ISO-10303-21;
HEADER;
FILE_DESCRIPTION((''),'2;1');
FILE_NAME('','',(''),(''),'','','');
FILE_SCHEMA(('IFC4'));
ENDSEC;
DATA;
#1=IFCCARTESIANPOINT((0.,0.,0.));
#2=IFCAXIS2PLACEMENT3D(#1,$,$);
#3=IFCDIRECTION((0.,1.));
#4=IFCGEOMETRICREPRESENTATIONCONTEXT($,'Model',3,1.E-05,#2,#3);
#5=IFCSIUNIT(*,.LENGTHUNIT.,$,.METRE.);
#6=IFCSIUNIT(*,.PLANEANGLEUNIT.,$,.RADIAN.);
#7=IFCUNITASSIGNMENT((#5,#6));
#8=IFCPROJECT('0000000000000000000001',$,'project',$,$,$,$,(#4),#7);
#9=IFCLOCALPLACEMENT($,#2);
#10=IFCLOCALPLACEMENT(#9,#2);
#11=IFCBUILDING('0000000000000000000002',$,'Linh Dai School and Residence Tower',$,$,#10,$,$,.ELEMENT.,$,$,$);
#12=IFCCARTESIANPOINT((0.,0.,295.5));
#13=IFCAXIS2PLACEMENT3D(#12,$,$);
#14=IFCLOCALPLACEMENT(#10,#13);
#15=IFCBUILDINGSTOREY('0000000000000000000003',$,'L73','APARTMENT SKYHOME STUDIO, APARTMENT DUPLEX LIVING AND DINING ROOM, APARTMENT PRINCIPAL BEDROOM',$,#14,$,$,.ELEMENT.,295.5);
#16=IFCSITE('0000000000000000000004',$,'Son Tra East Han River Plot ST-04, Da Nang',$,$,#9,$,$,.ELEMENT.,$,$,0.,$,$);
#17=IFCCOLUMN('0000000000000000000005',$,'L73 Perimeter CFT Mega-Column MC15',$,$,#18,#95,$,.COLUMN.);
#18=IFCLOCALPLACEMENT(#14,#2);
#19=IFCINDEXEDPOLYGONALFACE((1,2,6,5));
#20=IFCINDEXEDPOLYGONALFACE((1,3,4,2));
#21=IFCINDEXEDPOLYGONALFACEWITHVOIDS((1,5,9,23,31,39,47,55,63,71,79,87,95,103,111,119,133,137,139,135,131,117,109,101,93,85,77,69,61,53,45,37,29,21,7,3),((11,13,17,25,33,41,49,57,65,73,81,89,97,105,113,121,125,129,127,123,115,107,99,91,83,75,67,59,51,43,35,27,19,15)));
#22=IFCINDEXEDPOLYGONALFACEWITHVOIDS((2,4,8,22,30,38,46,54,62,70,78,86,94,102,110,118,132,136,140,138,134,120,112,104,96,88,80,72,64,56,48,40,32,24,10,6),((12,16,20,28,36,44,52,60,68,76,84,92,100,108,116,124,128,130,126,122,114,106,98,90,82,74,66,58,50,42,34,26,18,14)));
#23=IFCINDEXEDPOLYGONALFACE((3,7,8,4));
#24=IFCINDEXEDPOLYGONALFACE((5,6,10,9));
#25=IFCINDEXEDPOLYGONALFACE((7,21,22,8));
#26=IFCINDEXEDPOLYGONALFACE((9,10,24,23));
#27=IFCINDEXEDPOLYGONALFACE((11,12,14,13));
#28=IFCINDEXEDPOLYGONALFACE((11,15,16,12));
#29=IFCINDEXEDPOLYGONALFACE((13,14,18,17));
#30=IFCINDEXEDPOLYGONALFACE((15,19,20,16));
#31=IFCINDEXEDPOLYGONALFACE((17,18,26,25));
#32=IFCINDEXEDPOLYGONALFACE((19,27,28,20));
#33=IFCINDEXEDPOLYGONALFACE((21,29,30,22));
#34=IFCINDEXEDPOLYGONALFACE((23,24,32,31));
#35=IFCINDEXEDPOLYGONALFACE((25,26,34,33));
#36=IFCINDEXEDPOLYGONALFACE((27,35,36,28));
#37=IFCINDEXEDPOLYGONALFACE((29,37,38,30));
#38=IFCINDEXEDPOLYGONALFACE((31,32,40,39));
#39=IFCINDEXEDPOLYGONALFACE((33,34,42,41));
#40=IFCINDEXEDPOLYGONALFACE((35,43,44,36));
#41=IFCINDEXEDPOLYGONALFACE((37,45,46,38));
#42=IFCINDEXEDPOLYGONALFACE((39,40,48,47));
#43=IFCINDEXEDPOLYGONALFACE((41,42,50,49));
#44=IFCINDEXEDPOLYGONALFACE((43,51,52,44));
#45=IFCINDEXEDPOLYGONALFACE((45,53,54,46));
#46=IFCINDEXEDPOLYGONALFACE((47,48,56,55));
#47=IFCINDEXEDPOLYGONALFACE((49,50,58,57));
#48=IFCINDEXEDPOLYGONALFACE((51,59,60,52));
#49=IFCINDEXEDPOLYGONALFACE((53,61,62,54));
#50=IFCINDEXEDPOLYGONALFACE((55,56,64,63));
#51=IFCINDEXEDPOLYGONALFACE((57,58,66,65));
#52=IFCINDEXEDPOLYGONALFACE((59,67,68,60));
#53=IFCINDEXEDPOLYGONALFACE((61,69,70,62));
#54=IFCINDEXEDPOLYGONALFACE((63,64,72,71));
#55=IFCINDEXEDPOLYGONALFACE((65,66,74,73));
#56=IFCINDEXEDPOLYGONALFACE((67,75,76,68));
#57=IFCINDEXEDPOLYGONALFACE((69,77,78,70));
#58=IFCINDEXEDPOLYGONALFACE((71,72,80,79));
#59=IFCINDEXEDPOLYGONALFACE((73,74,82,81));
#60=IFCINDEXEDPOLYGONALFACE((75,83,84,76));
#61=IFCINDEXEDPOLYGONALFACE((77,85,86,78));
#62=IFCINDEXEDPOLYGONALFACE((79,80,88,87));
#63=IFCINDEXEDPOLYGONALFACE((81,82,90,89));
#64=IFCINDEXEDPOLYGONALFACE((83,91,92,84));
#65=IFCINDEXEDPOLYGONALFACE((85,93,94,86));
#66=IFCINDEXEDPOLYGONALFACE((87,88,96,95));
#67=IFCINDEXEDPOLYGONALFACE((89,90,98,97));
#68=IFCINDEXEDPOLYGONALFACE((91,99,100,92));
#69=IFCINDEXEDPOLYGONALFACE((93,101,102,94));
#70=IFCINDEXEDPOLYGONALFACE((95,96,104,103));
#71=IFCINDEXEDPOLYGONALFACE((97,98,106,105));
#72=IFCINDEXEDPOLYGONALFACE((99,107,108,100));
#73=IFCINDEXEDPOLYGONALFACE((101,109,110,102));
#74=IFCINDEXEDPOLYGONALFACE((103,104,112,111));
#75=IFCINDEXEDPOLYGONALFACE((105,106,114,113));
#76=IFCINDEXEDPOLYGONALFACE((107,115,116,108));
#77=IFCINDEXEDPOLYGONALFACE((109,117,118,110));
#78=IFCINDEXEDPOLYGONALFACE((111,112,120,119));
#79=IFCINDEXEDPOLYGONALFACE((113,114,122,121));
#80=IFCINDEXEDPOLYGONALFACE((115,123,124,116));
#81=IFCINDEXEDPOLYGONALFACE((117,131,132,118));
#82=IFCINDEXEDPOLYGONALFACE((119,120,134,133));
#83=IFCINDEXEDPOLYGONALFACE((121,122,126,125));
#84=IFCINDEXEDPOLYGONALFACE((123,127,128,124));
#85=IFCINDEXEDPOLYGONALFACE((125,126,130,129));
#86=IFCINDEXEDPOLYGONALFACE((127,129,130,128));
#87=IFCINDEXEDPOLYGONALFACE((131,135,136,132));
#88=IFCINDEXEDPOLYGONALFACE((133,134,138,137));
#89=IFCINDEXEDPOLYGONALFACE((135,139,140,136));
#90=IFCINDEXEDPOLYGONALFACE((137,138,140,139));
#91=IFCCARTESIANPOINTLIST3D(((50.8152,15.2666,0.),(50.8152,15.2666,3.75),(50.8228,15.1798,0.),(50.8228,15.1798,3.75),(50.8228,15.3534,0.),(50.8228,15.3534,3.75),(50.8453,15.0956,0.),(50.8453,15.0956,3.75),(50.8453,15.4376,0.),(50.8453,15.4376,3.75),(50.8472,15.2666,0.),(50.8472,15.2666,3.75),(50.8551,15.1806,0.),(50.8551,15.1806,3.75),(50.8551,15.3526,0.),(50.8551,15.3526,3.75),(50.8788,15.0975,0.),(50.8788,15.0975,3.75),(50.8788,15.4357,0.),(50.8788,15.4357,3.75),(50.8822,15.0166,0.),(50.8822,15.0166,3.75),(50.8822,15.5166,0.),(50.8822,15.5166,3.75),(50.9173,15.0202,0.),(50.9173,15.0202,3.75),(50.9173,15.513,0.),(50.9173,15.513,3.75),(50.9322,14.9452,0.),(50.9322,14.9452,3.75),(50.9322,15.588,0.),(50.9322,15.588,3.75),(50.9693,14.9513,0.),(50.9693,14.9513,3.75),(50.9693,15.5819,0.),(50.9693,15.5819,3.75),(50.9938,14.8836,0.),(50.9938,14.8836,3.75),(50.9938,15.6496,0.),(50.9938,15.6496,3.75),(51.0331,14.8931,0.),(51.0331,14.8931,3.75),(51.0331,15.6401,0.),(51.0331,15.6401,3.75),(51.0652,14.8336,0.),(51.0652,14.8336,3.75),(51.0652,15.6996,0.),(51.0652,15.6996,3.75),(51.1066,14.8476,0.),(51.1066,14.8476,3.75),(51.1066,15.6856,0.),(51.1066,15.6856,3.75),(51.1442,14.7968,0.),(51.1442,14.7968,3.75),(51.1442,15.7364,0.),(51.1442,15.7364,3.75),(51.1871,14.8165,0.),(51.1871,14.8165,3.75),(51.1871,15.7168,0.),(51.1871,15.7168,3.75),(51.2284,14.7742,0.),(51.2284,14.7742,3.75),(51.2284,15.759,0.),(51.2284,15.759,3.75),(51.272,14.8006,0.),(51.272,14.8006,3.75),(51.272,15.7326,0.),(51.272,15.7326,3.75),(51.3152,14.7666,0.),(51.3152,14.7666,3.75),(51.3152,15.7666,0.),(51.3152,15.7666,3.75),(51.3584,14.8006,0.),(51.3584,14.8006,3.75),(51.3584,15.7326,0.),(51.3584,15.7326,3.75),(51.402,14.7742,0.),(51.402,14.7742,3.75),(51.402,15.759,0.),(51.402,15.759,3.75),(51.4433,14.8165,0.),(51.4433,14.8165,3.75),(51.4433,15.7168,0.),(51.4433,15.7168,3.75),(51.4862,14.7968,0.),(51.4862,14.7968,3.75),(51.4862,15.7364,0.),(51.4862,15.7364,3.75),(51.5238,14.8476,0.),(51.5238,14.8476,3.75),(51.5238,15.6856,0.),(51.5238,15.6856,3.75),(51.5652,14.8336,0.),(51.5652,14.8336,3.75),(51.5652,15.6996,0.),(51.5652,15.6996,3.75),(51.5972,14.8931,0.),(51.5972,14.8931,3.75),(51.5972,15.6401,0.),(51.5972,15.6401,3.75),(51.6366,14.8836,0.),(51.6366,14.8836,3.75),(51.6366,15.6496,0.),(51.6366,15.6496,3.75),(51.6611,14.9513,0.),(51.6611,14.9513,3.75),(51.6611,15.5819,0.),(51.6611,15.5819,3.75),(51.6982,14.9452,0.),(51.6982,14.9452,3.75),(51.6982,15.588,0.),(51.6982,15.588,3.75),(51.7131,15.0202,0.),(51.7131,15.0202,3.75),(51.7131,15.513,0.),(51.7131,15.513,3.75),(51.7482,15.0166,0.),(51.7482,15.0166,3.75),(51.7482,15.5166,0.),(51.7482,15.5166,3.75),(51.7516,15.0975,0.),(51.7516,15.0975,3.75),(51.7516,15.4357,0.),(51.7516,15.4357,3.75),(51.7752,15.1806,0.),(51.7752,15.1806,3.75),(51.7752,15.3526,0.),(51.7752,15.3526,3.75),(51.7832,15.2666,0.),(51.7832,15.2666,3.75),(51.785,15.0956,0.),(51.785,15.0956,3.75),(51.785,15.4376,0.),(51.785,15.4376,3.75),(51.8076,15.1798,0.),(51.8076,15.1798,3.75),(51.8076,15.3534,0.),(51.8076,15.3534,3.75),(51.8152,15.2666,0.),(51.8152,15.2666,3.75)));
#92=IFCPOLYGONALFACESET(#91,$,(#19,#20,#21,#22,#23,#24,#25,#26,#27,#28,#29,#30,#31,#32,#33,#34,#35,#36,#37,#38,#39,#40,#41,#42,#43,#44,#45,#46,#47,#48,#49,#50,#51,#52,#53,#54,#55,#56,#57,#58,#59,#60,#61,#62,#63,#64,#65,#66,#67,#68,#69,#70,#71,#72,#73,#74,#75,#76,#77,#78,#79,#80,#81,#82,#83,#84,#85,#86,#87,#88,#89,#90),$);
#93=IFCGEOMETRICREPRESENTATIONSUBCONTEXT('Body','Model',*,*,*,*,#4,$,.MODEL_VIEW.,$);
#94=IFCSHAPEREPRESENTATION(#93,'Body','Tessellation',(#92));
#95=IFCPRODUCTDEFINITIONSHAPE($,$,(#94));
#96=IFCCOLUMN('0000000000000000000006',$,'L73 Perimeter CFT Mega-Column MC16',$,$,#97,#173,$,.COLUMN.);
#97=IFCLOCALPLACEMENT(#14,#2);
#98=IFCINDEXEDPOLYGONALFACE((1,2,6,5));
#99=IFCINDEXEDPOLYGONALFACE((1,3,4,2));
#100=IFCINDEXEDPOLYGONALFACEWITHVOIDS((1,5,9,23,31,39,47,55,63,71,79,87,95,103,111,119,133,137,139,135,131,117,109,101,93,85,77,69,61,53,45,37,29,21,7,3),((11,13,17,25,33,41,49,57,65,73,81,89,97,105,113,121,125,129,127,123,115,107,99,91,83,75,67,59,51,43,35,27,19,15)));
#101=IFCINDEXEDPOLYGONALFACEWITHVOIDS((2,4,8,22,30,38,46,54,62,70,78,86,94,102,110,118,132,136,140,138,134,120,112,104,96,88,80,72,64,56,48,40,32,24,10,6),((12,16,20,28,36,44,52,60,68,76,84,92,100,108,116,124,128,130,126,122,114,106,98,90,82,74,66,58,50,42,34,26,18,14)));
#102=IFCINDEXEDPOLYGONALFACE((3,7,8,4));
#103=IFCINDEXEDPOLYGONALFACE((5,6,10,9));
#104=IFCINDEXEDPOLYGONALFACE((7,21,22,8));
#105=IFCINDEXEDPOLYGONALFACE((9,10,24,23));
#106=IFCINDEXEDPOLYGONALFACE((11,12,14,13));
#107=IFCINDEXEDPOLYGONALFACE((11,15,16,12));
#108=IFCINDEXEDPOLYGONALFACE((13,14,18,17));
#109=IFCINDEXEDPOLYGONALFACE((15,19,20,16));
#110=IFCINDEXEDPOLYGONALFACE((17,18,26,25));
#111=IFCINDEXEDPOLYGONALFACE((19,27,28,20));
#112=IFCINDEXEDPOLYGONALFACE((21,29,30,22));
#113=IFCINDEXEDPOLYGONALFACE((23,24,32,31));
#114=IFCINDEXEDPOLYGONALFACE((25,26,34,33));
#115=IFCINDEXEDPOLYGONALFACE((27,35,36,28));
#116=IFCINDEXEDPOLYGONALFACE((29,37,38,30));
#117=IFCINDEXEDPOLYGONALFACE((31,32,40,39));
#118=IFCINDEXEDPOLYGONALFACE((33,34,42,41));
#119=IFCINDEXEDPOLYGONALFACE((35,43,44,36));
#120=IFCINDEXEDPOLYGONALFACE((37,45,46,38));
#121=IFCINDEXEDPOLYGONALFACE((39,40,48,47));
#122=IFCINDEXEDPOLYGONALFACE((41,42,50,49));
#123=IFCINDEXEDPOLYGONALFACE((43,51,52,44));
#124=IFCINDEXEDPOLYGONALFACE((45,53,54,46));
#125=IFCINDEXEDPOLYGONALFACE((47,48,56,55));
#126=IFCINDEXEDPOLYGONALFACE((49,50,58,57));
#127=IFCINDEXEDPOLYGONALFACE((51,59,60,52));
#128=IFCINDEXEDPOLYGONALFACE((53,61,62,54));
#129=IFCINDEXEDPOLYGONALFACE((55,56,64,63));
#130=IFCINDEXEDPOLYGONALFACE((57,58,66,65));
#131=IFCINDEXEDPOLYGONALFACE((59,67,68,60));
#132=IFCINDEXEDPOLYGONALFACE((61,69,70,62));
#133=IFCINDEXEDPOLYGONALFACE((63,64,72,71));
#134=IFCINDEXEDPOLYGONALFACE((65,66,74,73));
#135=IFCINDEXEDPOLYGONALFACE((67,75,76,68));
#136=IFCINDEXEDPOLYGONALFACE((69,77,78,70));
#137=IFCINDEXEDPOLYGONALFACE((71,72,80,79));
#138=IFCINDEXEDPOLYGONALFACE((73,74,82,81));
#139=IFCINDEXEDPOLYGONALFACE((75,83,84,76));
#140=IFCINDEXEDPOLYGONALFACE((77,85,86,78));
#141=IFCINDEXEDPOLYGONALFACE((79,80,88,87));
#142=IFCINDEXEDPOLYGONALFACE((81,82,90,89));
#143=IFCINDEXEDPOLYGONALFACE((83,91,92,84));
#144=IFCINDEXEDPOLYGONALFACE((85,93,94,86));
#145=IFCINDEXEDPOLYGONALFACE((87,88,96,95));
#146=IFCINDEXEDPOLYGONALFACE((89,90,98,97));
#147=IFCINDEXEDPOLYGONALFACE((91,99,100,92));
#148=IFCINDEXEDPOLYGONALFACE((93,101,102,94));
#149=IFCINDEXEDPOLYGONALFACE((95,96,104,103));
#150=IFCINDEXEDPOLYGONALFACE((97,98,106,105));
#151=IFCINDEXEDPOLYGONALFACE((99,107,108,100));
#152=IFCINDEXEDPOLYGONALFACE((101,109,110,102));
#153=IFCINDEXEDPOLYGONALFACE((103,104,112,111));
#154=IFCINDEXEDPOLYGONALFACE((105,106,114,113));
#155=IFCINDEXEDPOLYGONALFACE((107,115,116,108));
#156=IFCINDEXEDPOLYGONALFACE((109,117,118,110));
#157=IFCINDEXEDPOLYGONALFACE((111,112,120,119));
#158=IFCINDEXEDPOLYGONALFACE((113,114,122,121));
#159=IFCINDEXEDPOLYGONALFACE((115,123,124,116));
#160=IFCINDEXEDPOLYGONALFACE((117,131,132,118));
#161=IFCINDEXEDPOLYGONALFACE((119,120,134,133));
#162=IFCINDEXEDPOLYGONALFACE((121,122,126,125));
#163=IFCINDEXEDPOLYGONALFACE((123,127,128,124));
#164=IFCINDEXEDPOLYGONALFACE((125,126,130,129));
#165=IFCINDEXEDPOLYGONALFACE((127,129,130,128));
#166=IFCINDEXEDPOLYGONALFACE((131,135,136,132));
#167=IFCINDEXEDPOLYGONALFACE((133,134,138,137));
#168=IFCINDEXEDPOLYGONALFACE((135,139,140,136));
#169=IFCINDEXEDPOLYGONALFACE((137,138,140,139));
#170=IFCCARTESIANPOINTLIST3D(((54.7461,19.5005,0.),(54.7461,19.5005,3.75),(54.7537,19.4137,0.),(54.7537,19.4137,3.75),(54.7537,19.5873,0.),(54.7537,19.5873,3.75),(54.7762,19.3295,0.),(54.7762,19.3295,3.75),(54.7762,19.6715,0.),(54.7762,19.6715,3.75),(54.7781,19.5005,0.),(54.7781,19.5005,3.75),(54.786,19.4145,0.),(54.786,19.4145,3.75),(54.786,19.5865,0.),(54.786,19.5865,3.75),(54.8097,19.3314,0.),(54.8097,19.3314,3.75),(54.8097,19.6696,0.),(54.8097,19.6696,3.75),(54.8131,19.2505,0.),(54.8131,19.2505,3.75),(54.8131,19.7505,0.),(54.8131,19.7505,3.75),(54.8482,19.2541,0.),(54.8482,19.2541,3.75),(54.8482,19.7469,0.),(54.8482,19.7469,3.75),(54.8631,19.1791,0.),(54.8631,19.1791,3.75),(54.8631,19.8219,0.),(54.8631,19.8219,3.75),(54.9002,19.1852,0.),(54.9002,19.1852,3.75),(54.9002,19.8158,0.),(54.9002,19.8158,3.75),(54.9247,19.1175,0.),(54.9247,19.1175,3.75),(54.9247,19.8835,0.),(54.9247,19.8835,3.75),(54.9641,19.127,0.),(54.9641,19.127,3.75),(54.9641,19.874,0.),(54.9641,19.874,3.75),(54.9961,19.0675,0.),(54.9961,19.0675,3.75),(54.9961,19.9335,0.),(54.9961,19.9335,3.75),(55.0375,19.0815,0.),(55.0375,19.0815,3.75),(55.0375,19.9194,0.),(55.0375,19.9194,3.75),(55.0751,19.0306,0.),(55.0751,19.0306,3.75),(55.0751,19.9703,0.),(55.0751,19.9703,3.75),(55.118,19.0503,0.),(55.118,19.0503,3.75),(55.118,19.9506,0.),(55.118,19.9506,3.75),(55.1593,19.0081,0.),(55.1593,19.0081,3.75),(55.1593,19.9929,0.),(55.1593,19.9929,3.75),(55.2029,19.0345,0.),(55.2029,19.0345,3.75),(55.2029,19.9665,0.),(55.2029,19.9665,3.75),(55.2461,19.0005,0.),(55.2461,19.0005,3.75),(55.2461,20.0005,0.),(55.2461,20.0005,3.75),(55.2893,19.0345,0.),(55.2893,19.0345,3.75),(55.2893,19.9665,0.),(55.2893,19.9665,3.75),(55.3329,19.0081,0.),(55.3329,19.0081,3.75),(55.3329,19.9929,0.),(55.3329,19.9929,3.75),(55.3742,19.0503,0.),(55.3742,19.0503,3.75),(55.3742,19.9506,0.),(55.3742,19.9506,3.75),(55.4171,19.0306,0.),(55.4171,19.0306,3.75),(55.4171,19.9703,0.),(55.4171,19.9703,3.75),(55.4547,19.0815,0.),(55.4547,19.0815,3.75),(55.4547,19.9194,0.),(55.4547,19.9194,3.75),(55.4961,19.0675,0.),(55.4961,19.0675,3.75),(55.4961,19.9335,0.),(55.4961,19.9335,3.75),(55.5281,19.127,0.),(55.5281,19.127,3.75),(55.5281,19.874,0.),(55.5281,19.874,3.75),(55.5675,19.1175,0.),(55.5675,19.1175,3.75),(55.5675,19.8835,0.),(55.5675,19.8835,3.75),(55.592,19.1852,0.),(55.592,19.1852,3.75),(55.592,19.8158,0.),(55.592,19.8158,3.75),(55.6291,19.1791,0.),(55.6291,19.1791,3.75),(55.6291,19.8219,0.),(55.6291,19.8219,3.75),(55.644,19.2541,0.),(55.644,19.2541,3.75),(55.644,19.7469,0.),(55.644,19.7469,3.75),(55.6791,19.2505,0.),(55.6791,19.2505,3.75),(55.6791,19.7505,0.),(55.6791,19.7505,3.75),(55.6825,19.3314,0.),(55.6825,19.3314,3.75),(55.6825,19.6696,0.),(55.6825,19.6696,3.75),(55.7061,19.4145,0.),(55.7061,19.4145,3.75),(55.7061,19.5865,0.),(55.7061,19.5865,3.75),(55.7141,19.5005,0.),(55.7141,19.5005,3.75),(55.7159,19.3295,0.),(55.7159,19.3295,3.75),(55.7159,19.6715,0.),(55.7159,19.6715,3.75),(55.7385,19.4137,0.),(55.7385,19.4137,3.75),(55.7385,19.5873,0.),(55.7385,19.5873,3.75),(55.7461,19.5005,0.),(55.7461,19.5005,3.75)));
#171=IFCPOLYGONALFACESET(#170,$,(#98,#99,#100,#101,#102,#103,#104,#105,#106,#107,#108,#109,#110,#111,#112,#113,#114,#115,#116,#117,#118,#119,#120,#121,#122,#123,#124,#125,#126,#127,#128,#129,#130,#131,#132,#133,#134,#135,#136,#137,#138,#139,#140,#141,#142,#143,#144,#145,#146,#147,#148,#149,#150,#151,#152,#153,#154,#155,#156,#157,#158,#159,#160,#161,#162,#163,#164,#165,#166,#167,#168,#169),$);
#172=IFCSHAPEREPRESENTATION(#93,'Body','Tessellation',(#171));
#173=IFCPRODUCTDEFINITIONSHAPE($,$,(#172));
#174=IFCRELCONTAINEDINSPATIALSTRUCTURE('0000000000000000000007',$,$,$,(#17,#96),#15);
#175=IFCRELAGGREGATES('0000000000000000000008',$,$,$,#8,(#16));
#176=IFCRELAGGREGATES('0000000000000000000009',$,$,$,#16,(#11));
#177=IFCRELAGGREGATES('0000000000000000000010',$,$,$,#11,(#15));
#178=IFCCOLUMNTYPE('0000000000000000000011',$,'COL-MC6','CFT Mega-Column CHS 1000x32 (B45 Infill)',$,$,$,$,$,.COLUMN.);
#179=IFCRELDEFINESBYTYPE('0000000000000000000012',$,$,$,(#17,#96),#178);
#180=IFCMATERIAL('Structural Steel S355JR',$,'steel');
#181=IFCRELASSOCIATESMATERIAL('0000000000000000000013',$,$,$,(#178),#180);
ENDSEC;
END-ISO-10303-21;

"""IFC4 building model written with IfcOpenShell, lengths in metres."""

from ifc_helpers import new_model, si_unit, direction, frame, origin, origin_2d, place, context, subcontext, project, spatial, hollow_circle, extrude, material, material_profile, profile_set, type_object, element, save


model = new_model("IFC4")

# Units and contexts
model_context = context("Model", 3, precision=1e-05, world=origin(), true_north=direction((0.0, 1.0)))
body_context = subcontext(model_context, "Body", "Model", "MODEL_VIEW")
ifc_project = project(units=[si_unit("LENGTHUNIT", "METRE"), si_unit("PLANEANGLEUNIT", "RADIAN")], contexts=[model_context])

# Site, building, storey
site_placement = place(None, origin())
site = spatial("IfcSite", under=ifc_project, at=site_placement, Name="Son Tra East Han River Plot ST-04, Da Nang", CompositionType="ELEMENT", RefElevation=0.0)
building_placement = place(site_placement, origin())
building = spatial("IfcBuilding", under=site, at=building_placement, Name="Linh Dai School and Residence Tower", CompositionType="ELEMENT")
storey_placement = place(building_placement, frame((0.0, 0.0, 295.5)))
storey = spatial("IfcBuildingStorey", under=building, at=storey_placement, Name="L73", Description="APARTMENT SKYHOME STUDIO, APARTMENT DUPLEX LIVING AND DINING ROOM, APARTMENT PRINCIPAL BEDROOM", CompositionType="ELEMENT", Elevation=295.5)

# Columns
ifc_material_1 = material(Name="Structural Steel S355JR", Category="steel")
ifc_material_profile_1 = material_profile(ifc_material_1, hollow_circle(Radius=0.5, WallThickness=0.032, at=origin_2d()), Name="CHS 1000x32")
ifc_profile_set_1 = profile_set([ifc_material_profile_1], Name="Structural Steel S355JR")
column_type = type_object("IfcColumnType", Name="COL-MC6", Description="CFT Mega-Column CHS 1000x32 (B45 Infill)", PredefinedType="COLUMN", material=ifc_profile_set_1)
for number, where, z_axis, x_axis, name in (
    (1, (51.3152, 15.2666, 0.0), (0.0, 0.0, 1.0), (1.0, 0.0, 0.0), "L73 Perimeter CFT Mega-Column MC15"),
    (2, (55.2461, 19.5005, 0.0), (0.0, 0.0, 1.0), (1.0, 0.0, 0.0), "L73 Perimeter CFT Mega-Column MC16"),
):
    element("IfcColumn", number, at=place(storey_placement, frame(where, z_axis=z_axis, x_axis=x_axis)), inside=storey, type_object=column_type, Name=name, PredefinedType="COLUMN", context=body_context, shape_type="SweptSolid", body=[
        extrude(hollow_circle(Radius=0.5, WallThickness=0.032, at=origin_2d()), origin(), (0.0, 0.0, 1.0), 3.75),
    ])

save(model, "model.ifc")
